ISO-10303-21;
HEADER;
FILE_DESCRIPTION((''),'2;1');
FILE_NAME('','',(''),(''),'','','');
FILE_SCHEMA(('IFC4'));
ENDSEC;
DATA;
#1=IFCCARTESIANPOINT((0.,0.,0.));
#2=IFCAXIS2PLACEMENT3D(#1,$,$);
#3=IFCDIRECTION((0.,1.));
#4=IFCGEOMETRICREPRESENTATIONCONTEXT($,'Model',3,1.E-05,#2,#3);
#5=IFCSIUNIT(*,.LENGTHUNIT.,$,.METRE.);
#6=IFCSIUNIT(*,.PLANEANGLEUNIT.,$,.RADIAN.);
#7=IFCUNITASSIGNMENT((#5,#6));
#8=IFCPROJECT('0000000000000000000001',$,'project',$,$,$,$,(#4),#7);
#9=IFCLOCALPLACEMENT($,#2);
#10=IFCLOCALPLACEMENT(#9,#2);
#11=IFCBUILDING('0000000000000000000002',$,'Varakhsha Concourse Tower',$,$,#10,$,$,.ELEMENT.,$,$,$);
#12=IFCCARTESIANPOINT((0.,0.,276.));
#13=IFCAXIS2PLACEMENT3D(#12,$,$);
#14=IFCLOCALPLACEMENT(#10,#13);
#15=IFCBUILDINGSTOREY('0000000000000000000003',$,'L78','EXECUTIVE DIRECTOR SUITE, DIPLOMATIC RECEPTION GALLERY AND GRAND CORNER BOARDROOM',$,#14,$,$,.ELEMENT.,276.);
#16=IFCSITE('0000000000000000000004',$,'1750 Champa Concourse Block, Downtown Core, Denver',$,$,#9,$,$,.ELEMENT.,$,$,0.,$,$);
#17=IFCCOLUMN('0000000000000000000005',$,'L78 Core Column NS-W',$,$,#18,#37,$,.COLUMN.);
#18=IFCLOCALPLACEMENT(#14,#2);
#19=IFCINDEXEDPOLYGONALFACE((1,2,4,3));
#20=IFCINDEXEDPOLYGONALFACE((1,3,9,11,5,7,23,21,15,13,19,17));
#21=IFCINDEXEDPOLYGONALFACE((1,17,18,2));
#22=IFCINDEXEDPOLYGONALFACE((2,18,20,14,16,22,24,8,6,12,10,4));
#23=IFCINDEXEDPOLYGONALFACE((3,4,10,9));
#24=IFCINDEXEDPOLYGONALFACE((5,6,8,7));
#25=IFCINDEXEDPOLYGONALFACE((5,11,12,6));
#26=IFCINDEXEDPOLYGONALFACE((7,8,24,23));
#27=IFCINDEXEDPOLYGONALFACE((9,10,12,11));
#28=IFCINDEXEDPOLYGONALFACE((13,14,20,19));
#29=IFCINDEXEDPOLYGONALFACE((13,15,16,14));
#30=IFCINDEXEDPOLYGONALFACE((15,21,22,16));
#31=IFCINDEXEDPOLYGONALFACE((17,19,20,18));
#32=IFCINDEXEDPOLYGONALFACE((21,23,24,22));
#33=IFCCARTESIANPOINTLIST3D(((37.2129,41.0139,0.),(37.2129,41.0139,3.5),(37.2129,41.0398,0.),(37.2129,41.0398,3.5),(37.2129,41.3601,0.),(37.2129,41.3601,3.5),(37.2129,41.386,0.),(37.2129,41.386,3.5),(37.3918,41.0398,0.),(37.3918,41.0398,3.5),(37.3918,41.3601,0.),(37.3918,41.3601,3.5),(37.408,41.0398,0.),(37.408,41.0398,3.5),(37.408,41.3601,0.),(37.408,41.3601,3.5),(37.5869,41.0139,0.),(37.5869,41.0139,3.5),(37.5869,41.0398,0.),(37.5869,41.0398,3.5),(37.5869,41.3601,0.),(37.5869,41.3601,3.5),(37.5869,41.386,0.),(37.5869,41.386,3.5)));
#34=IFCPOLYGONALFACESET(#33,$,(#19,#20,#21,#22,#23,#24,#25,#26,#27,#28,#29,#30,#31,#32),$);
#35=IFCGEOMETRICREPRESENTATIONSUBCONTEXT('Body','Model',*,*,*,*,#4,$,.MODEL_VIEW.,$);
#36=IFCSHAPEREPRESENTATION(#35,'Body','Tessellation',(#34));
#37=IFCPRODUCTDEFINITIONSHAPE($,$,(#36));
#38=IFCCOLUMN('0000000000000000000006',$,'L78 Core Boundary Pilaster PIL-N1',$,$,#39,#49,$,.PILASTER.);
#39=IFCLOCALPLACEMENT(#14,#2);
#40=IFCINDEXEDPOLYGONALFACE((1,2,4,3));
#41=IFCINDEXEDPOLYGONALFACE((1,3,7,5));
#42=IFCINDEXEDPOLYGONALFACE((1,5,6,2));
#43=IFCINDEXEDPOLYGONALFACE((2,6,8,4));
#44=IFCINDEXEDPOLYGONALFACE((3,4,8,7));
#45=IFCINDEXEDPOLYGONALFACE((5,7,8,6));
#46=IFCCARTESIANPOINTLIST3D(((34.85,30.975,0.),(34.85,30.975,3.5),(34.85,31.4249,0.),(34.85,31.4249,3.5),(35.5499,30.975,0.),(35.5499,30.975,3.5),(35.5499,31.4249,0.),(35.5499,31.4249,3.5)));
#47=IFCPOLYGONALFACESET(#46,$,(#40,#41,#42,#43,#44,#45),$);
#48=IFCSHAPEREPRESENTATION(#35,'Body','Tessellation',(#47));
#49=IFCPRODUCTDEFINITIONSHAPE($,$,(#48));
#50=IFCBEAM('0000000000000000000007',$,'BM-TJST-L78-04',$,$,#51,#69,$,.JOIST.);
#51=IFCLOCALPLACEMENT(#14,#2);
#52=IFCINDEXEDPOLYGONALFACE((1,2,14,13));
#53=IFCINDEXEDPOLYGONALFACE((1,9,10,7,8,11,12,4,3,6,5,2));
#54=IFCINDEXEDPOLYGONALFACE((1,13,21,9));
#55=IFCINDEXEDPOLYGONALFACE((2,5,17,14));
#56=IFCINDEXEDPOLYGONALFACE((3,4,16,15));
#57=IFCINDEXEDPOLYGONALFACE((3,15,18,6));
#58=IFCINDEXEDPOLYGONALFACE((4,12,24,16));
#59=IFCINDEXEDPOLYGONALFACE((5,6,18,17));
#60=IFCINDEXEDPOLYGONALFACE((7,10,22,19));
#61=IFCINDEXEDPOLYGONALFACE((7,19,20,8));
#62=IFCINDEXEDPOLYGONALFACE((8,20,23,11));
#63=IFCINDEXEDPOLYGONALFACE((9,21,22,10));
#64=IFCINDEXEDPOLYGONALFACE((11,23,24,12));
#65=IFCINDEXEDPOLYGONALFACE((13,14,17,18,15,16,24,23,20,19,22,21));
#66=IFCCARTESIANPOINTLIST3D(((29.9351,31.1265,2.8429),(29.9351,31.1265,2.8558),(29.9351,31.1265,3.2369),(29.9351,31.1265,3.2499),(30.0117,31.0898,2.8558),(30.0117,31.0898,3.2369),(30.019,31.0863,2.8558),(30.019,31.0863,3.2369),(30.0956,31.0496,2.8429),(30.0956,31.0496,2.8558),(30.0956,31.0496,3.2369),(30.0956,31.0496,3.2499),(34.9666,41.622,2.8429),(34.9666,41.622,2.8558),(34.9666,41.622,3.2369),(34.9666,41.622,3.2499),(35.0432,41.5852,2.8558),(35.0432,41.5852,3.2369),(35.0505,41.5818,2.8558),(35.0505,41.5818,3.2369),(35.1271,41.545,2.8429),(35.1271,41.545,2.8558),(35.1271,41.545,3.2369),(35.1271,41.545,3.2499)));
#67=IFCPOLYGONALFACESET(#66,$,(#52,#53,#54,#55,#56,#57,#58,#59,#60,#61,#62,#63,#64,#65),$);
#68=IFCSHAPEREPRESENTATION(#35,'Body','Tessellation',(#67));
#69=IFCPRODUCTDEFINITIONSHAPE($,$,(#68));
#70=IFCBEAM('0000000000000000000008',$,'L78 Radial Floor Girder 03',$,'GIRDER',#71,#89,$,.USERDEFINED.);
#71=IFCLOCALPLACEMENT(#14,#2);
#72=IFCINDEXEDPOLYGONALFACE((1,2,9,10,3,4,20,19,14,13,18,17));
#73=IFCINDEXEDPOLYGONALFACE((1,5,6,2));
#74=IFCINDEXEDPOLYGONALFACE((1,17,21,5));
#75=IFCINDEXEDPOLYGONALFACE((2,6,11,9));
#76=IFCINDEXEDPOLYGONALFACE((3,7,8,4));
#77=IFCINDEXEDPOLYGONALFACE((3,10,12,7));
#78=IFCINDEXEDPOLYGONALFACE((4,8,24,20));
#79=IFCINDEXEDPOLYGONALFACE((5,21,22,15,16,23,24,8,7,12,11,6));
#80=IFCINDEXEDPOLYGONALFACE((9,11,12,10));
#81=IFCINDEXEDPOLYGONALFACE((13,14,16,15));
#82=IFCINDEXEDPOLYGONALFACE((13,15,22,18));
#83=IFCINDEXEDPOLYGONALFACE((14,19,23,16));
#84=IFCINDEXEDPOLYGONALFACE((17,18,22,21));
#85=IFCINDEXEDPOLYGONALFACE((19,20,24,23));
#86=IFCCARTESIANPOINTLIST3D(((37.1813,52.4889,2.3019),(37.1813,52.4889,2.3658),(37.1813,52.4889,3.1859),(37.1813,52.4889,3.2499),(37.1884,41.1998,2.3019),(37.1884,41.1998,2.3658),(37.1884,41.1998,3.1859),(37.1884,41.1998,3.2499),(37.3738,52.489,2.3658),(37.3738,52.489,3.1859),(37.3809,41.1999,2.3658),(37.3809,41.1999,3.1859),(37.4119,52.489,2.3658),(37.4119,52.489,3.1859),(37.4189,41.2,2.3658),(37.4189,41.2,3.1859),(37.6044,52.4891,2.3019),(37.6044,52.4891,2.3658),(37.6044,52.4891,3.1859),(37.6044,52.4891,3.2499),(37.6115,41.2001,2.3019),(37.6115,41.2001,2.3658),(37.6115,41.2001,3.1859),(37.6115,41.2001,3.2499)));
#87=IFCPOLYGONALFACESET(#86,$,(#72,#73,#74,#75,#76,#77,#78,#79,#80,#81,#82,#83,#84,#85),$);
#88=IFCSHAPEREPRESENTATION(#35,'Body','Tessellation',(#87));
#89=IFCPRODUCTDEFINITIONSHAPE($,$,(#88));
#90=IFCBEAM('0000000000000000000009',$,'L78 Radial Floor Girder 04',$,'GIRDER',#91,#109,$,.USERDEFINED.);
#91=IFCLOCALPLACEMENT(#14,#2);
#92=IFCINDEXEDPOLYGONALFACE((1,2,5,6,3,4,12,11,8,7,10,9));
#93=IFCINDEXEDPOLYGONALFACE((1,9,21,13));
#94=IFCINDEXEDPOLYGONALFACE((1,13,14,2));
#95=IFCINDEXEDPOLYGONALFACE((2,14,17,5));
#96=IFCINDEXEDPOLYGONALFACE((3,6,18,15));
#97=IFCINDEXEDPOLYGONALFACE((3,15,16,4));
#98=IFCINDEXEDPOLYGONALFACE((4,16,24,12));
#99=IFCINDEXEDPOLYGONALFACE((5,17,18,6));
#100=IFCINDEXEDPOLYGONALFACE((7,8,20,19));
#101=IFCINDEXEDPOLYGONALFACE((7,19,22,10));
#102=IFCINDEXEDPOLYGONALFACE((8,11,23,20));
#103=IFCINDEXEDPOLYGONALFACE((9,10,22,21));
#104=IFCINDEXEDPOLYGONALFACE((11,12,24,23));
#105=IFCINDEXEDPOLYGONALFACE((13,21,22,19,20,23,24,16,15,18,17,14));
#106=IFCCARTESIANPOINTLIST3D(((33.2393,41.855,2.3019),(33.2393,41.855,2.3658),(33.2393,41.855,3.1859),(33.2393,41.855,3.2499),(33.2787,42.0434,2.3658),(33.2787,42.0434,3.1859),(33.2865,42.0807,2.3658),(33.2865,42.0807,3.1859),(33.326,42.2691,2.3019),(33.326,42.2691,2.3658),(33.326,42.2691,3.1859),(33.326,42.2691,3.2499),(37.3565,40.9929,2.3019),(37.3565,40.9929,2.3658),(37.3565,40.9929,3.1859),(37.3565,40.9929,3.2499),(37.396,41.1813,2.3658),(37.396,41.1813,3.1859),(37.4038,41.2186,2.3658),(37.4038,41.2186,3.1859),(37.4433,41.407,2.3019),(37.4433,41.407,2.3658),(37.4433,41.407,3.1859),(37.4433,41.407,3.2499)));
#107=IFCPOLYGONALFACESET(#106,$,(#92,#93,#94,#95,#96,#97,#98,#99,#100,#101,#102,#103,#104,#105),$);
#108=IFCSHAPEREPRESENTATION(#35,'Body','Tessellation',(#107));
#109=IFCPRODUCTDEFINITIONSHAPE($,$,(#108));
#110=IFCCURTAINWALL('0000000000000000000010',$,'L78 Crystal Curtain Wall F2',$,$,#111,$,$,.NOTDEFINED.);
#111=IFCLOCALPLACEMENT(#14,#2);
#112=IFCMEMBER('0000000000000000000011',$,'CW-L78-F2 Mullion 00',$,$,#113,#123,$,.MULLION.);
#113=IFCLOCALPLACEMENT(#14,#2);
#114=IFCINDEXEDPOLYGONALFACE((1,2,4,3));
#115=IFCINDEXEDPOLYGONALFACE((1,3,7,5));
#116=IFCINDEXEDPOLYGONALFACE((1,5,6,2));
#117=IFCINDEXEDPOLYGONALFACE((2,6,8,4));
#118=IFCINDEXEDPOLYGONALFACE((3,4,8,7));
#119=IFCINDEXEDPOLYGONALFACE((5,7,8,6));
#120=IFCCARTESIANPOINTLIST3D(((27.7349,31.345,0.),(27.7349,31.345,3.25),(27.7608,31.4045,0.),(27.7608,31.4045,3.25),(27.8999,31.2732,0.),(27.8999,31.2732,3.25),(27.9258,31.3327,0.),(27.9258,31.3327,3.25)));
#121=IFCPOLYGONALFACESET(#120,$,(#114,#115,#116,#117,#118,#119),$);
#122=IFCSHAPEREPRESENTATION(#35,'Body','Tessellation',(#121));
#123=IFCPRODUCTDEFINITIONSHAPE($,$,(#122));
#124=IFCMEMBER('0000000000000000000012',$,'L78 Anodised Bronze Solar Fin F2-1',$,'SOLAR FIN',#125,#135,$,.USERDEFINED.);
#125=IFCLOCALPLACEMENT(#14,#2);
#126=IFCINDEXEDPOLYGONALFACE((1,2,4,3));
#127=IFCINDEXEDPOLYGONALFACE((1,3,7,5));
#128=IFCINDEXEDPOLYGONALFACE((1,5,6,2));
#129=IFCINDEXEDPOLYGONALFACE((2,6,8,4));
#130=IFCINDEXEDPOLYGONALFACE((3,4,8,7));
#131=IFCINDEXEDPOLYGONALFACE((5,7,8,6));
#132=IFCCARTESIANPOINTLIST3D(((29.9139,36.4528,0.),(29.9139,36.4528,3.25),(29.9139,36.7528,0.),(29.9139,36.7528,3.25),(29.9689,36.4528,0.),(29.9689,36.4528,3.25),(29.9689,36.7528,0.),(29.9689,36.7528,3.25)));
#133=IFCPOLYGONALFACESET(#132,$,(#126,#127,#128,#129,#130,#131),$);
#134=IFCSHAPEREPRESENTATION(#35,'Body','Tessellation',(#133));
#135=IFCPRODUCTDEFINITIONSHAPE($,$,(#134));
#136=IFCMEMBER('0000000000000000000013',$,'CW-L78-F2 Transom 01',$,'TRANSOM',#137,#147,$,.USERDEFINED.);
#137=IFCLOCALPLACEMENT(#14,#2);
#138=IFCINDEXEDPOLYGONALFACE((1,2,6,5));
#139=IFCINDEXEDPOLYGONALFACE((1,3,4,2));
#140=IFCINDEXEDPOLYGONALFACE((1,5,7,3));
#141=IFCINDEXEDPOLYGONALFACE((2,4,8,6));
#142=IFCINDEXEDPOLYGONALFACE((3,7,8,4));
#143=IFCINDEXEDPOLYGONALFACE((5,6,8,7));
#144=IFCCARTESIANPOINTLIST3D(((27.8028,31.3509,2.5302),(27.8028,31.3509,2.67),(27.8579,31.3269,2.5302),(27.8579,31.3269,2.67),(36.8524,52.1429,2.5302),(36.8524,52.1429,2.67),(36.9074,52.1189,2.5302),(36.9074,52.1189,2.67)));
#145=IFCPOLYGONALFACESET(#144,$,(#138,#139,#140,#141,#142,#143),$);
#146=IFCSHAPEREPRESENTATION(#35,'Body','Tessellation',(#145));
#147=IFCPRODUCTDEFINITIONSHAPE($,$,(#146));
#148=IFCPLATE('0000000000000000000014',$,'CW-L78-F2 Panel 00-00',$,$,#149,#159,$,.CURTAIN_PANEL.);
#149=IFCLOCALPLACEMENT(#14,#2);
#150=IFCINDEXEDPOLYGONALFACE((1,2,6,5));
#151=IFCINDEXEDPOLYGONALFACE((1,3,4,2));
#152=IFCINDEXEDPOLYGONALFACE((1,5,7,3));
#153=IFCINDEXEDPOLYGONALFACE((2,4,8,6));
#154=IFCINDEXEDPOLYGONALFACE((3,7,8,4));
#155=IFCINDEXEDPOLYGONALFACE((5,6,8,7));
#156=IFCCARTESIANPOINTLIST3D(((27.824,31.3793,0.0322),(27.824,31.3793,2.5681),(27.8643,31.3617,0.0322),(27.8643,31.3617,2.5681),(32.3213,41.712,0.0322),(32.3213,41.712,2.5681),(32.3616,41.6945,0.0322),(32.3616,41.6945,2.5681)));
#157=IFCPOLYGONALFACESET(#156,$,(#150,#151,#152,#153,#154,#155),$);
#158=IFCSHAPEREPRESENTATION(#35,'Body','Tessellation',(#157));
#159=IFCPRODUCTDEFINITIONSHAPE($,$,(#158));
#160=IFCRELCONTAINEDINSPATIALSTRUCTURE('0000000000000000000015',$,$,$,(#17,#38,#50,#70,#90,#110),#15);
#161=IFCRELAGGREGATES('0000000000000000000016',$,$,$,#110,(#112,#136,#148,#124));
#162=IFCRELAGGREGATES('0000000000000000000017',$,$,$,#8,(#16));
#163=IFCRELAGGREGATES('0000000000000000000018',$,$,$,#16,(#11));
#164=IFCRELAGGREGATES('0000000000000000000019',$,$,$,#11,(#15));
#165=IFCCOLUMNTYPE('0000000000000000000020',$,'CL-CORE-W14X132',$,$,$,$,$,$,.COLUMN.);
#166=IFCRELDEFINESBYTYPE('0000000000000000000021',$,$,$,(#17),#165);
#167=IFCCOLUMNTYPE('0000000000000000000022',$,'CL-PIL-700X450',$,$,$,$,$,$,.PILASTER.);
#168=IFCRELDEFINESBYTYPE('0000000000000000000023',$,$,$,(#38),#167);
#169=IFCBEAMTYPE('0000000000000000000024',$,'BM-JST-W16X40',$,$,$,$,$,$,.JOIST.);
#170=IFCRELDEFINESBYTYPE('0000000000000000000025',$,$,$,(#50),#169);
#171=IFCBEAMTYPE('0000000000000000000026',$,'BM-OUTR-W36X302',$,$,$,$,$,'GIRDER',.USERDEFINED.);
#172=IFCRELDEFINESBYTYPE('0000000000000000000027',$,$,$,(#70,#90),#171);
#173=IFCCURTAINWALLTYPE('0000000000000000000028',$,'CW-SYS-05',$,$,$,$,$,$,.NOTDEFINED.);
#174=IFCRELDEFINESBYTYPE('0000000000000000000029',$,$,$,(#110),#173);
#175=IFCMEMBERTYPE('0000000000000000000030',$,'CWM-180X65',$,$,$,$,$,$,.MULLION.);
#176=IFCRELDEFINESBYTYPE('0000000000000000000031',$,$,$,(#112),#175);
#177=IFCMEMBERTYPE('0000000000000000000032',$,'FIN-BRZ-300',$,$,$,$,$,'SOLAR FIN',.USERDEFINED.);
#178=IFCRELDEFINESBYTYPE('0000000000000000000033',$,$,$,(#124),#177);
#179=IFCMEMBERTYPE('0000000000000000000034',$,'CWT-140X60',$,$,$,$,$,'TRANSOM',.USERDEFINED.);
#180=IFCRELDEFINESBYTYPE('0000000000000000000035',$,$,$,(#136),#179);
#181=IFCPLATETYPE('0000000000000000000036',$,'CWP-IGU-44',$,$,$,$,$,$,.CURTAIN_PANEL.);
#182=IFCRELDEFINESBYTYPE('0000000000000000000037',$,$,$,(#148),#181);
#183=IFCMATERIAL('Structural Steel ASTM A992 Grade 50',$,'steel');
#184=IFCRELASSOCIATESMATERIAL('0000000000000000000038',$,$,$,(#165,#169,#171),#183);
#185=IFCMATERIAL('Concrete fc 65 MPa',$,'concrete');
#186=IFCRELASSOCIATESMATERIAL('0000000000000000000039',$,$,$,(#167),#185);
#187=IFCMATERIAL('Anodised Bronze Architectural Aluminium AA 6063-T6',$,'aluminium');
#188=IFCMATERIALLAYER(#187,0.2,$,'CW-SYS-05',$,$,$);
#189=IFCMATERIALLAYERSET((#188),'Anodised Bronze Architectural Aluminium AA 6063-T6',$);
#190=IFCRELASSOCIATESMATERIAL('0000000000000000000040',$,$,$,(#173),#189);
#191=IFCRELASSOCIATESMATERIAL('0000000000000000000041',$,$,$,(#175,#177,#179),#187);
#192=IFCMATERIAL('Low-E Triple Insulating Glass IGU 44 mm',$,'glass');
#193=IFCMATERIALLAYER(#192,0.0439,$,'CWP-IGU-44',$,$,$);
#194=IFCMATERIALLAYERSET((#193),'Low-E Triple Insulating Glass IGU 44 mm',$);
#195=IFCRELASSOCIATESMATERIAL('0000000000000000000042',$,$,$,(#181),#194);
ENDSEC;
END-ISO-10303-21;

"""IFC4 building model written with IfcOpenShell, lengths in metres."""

from ifc_helpers import new_model, si_unit, direction, frame, origin, origin_2d, place, context, subcontext, project, spatial, rectangle, i_section, extrude, source, transform, mapped, material, layer, layer_set, material_profile, profile_set, type_object, type_shapes, element, aggregate, save


model = new_model("IFC4")

# Units and contexts
model_context = context("Model", 3, precision=1e-05, world=origin(), true_north=direction((0.0, 1.0)))
body_context = subcontext(model_context, "Body", "Model", "MODEL_VIEW")
ifc_project = project(units=[si_unit("LENGTHUNIT", "METRE"), si_unit("PLANEANGLEUNIT", "RADIAN")], contexts=[model_context])

# Site, building, storey
site_placement = place(None, origin())
site = spatial("IfcSite", under=ifc_project, at=site_placement, Name="1750 Champa Concourse Block, Downtown Core, Denver", CompositionType="ELEMENT", RefElevation=0.0)
building_placement = place(site_placement, origin())
building = spatial("IfcBuilding", under=site, at=building_placement, Name="Varakhsha Concourse Tower", CompositionType="ELEMENT")
storey_placement = place(building_placement, frame((0.0, 0.0, 276.0)))
storey = spatial("IfcBuildingStorey", under=building, at=storey_placement, Name="L78", Description="EXECUTIVE DIRECTOR SUITE, DIPLOMATIC RECEPTION GALLERY AND GRAND CORNER BOARDROOM", CompositionType="ELEMENT", Elevation=276.0)

# Columns
ifc_material_1 = material(Name="Structural Steel ASTM A992 Grade 50", Category="steel")
ifc_material_profile_1 = material_profile(ifc_material_1, i_section(OverallWidth=0.374, OverallDepth=0.3721, WebThickness=0.0161, FlangeThickness=0.0259, at=origin_2d()), Name="W14X132")
ifc_profile_set_1 = profile_set([ifc_material_profile_1], Name="Structural Steel ASTM A992 Grade 50")
column_type_1 = type_object("IfcColumnType", Name="CL-CORE-W14X132", PredefinedType="COLUMN", material=ifc_profile_set_1)
column_1_placement = place(storey_placement, frame((37.3999, 41.2, 0.0), z_axis=(0.0, 0.0, 1.0), x_axis=(1.0, 0.0, 0.0)))
element("IfcColumn", 1, at=column_1_placement, inside=storey, type_object=column_type_1, Name="L78 Core Column NS-W", PredefinedType="COLUMN", context=body_context, shape_type="SweptSolid", body=[
    extrude(i_section(OverallWidth=0.374, OverallDepth=0.3721, WebThickness=0.0161, FlangeThickness=0.0259, at=origin_2d()), origin(), (0.0, 0.0, 1.0), 3.5),
])
ifc_material_2 = material(Name="Concrete fc 65 MPa", Category="concrete")
ifc_material_profile_2 = material_profile(ifc_material_2, rectangle(XDim=0.7, YDim=0.45, at=origin_2d()), Name="RC 700x450")
ifc_profile_set_2 = profile_set([ifc_material_profile_2], Name="Concrete fc 65 MPa")
column_type_2 = type_object("IfcColumnType", Name="CL-PIL-700X450", PredefinedType="PILASTER", material=ifc_profile_set_2)
column_2_placement = place(storey_placement, frame((35.2, 31.2, 0.0), z_axis=(0.0, 0.0, 1.0), x_axis=(1.0, 0.0, 0.0)))
element("IfcColumn", 2, at=column_2_placement, inside=storey, type_object=column_type_2, Name="L78 Core Boundary Pilaster PIL-N1", PredefinedType="PILASTER", context=body_context, shape_type="SweptSolid", body=[
    extrude(rectangle(XDim=0.7, YDim=0.45, at=origin_2d()), origin(), (0.0, 0.0, 1.0), 3.5),
])

# Beams
ifc_material_profile_3 = material_profile(ifc_material_1, i_section(OverallWidth=0.178, OverallDepth=0.407, WebThickness=0.0081, FlangeThickness=0.0129, at=origin_2d()), Name="W16X40")
ifc_profile_set_3 = profile_set([ifc_material_profile_3], Name="Structural Steel ASTM A992 Grade 50")
beam_type_1 = type_object("IfcBeamType", Name="BM-JST-W16X40", PredefinedType="JOIST", material=ifc_profile_set_3)
beam_1_placement = place(storey_placement, frame((35.0469, 41.5835, 3.0464), z_axis=(-0.432293, -0.901733, 0.0), x_axis=(0.901733, -0.432293, 0.0)))
element("IfcBeam", 3, at=beam_1_placement, inside=storey, type_object=beam_type_1, Name="BM-TJST-L78-04", PredefinedType="JOIST", context=body_context, shape_type="SweptSolid", body=[
    extrude(i_section(OverallWidth=0.178, OverallDepth=0.407, WebThickness=0.0081, FlangeThickness=0.0129, at=origin_2d()), origin(), (0.0, 0.0, 1.0), 11.6392),
])
ifc_material_profile_4 = material_profile(ifc_material_1, i_section(OverallWidth=0.4231, OverallDepth=0.948, WebThickness=0.0381, FlangeThickness=0.064, at=origin_2d()), Name="W36X302")
ifc_profile_set_4 = profile_set([ifc_material_profile_4], Name="Structural Steel ASTM A992 Grade 50")
beam_type_2 = type_object("IfcBeamType", Name="BM-OUTR-W36X302", ElementType="GIRDER", PredefinedType="USERDEFINED", material=ifc_profile_set_4)
beam_2_placement = place(storey_placement, frame((37.3999, 41.2, 2.7759), z_axis=(-0.000627, 1.0, 0.0), x_axis=(-1.0, -0.000627, 0.0)))
element("IfcBeam", 4, at=beam_2_placement, inside=storey, type_object=beam_type_2, Name="L78 Radial Floor Girder 03", ObjectType="GIRDER", PredefinedType="USERDEFINED", context=body_context, shape_type="SweptSolid", body=[
    extrude(i_section(OverallWidth=0.4231, OverallDepth=0.948, WebThickness=0.0381, FlangeThickness=0.064, at=origin_2d()), origin(), (0.0, 0.0, 1.0), 11.2891),
])
beam_3_placement = place(storey_placement, frame((37.3999, 41.2, 2.7759), z_axis=(-0.978775, 0.204937, 0.0), x_axis=(-0.204937, -0.978775, 0.0)))
element("IfcBeam", 5, at=beam_3_placement, inside=storey, type_object=beam_type_2, Name="L78 Radial Floor Girder 04", ObjectType="GIRDER", PredefinedType="USERDEFINED", context=body_context, shape_type="SweptSolid", body=[
    extrude(i_section(OverallWidth=0.4231, OverallDepth=0.948, WebThickness=0.0381, FlangeThickness=0.064, at=origin_2d()), origin(), (0.0, 0.0, 1.0), 4.2065),
])

# Curtain wall, members, plate
ifc_material_3 = material(Name="Anodised Bronze Architectural Aluminium AA 6063-T6", Category="aluminium")
ifc_layer_1 = layer(ifc_material_3, 0.2, Name="CW-SYS-05")
ifc_layer_set_1 = layer_set([ifc_layer_1], Name="Anodised Bronze Architectural Aluminium AA 6063-T6")
curtain_wall_type = type_object("IfcCurtainWallType", Name="CW-SYS-05", PredefinedType="NOTDEFINED", material=ifc_layer_set_1)
curtain_wall_placement = place(storey_placement, origin())
curtain_wall = element("IfcCurtainWall", 6, at=curtain_wall_placement, inside=storey, type_object=curtain_wall_type, Name="L78 Crystal Curtain Wall F2", PredefinedType="NOTDEFINED")
ifc_material_profile_5 = material_profile(ifc_material_3, rectangle(XDim=0.0649, YDim=0.1799, at=origin_2d()), Name="CWM-180X65")
ifc_profile_set_5 = profile_set([ifc_material_profile_5], Name="Anodised Bronze Architectural Aluminium AA 6063-T6")
member_type_1 = type_object("IfcMemberType", Name="CWM-180X65", PredefinedType="MULLION", material=ifc_profile_set_5)
shared_shape_1 = source(origin(), body_context, "Body", "SweptSolid", [
    extrude(rectangle(XDim=0.0649, YDim=0.1799, at=origin_2d()), origin(), (0.0, 0.0, 1.0), 3.25),
])
type_shapes(member_type_1, [shared_shape_1])
member_1_placement = place(storey_placement, frame((27.8303, 31.3389, 0.0), z_axis=(0.0, 0.0, 1.0), x_axis=(0.399084, 0.916915, 0.0)))
member_1 = element("IfcMember", 7, at=member_1_placement, type_object=member_type_1, Name="CW-L78-F2 Mullion 00", PredefinedType="MULLION", context=body_context, shape_type="MappedRepresentation", body=[
    mapped(shared_shape_1, transform((0.0, 0.0, 0.0), scale=1.0)),
])
ifc_material_profile_6 = material_profile(ifc_material_3, rectangle(XDim=0.0549, YDim=0.3, at=origin_2d()), Name="FIN-BRZ-300")
ifc_profile_set_6 = profile_set([ifc_material_profile_6], Name="Anodised Bronze Architectural Aluminium AA 6063-T6")
member_type_2 = type_object("IfcMemberType", Name="FIN-BRZ-300", ElementType="SOLAR FIN", PredefinedType="USERDEFINED", material=ifc_profile_set_6)
shared_shape_2 = source(origin(), body_context, "Body", "SweptSolid", [
    extrude(rectangle(XDim=0.0549, YDim=0.3, at=origin_2d()), origin(), (0.0, 0.0, 1.0), 3.25),
])
type_shapes(member_type_2, [shared_shape_2])
member_2_placement = place(storey_placement, frame((29.9414, 36.6028, 0.0), z_axis=(0.0, 0.0, 1.0), x_axis=(1.0, 0.0, 0.0)))
member_2 = element("IfcMember", 8, at=member_2_placement, type_object=member_type_2, Name="L78 Anodised Bronze Solar Fin F2-1", ObjectType="SOLAR FIN", PredefinedType="USERDEFINED", context=body_context, shape_type="MappedRepresentation", body=[
    mapped(shared_shape_2, transform((0.0, 0.0, 0.0), scale=1.0)),
])
ifc_material_profile_7 = material_profile(ifc_material_3, rectangle(XDim=0.0601, YDim=0.1399, at=origin_2d()), Name="CWT-140X60")
ifc_profile_set_7 = profile_set([ifc_material_profile_7], Name="Anodised Bronze Architectural Aluminium AA 6063-T6")
member_type_3 = type_object("IfcMemberType", Name="CWT-140X60", ElementType="TRANSOM", PredefinedType="USERDEFINED", material=ifc_profile_set_7)
shared_shape_3 = source(origin(), body_context, "Body", "SweptSolid", [
    extrude(rectangle(XDim=0.0601, YDim=0.1399, at=origin_2d()), origin(), (0.0, 0.0, 1.0), 22.676),
])
type_shapes(member_type_3, [shared_shape_3])
member_3_placement = place(storey_placement, frame((27.8303, 31.3389, 2.6001), z_axis=(0.399081, 0.916916, 0.0), x_axis=(-0.916916, 0.399081, 0.0)))
member_3 = element("IfcMember", 9, at=member_3_placement, type_object=member_type_3, Name="CW-L78-F2 Transom 01", ObjectType="TRANSOM", PredefinedType="USERDEFINED", context=body_context, shape_type="MappedRepresentation", body=[
    mapped(shared_shape_3, transform((0.0, 0.0, 0.0), scale=1.0)),
])
ifc_material_4 = material(Name="Low-E Triple Insulating Glass IGU 44 mm", Category="glass")
ifc_layer_2 = layer(ifc_material_4, 0.0439, Name="CWP-IGU-44")
ifc_layer_set_2 = layer_set([ifc_layer_2], Name="Low-E Triple Insulating Glass IGU 44 mm")
plate_type_1 = type_object("IfcPlateType", Name="CWP-IGU-44", PredefinedType="CURTAIN_PANEL", material=ifc_layer_set_2)
shared_shape_4 = source(origin(), body_context, "Body", "SweptSolid", [
    extrude(rectangle(XDim=11.269, YDim=0.0439, at=origin_2d()), origin(), (0.0, 0.0, 1.0), 2.5359),
])
type_shapes(plate_type_1, [shared_shape_4])
plate_1_placement = place(storey_placement, frame((30.0928, 36.5369, 0.0322), z_axis=(0.0, 0.0, 1.0), x_axis=(0.399084, 0.916915, 0.0)))
plate_1 = element("IfcPlate", 10, at=plate_1_placement, type_object=plate_type_1, Name="CW-L78-F2 Panel 00-00", PredefinedType="CURTAIN_PANEL", context=body_context, shape_type="MappedRepresentation", body=[
    mapped(shared_shape_4, transform((0.0, 0.0, 0.0), scale=1.0)),
])
aggregate(curtain_wall, [member_1, member_3, plate_1, member_2])

save(model, "model.ifc")
